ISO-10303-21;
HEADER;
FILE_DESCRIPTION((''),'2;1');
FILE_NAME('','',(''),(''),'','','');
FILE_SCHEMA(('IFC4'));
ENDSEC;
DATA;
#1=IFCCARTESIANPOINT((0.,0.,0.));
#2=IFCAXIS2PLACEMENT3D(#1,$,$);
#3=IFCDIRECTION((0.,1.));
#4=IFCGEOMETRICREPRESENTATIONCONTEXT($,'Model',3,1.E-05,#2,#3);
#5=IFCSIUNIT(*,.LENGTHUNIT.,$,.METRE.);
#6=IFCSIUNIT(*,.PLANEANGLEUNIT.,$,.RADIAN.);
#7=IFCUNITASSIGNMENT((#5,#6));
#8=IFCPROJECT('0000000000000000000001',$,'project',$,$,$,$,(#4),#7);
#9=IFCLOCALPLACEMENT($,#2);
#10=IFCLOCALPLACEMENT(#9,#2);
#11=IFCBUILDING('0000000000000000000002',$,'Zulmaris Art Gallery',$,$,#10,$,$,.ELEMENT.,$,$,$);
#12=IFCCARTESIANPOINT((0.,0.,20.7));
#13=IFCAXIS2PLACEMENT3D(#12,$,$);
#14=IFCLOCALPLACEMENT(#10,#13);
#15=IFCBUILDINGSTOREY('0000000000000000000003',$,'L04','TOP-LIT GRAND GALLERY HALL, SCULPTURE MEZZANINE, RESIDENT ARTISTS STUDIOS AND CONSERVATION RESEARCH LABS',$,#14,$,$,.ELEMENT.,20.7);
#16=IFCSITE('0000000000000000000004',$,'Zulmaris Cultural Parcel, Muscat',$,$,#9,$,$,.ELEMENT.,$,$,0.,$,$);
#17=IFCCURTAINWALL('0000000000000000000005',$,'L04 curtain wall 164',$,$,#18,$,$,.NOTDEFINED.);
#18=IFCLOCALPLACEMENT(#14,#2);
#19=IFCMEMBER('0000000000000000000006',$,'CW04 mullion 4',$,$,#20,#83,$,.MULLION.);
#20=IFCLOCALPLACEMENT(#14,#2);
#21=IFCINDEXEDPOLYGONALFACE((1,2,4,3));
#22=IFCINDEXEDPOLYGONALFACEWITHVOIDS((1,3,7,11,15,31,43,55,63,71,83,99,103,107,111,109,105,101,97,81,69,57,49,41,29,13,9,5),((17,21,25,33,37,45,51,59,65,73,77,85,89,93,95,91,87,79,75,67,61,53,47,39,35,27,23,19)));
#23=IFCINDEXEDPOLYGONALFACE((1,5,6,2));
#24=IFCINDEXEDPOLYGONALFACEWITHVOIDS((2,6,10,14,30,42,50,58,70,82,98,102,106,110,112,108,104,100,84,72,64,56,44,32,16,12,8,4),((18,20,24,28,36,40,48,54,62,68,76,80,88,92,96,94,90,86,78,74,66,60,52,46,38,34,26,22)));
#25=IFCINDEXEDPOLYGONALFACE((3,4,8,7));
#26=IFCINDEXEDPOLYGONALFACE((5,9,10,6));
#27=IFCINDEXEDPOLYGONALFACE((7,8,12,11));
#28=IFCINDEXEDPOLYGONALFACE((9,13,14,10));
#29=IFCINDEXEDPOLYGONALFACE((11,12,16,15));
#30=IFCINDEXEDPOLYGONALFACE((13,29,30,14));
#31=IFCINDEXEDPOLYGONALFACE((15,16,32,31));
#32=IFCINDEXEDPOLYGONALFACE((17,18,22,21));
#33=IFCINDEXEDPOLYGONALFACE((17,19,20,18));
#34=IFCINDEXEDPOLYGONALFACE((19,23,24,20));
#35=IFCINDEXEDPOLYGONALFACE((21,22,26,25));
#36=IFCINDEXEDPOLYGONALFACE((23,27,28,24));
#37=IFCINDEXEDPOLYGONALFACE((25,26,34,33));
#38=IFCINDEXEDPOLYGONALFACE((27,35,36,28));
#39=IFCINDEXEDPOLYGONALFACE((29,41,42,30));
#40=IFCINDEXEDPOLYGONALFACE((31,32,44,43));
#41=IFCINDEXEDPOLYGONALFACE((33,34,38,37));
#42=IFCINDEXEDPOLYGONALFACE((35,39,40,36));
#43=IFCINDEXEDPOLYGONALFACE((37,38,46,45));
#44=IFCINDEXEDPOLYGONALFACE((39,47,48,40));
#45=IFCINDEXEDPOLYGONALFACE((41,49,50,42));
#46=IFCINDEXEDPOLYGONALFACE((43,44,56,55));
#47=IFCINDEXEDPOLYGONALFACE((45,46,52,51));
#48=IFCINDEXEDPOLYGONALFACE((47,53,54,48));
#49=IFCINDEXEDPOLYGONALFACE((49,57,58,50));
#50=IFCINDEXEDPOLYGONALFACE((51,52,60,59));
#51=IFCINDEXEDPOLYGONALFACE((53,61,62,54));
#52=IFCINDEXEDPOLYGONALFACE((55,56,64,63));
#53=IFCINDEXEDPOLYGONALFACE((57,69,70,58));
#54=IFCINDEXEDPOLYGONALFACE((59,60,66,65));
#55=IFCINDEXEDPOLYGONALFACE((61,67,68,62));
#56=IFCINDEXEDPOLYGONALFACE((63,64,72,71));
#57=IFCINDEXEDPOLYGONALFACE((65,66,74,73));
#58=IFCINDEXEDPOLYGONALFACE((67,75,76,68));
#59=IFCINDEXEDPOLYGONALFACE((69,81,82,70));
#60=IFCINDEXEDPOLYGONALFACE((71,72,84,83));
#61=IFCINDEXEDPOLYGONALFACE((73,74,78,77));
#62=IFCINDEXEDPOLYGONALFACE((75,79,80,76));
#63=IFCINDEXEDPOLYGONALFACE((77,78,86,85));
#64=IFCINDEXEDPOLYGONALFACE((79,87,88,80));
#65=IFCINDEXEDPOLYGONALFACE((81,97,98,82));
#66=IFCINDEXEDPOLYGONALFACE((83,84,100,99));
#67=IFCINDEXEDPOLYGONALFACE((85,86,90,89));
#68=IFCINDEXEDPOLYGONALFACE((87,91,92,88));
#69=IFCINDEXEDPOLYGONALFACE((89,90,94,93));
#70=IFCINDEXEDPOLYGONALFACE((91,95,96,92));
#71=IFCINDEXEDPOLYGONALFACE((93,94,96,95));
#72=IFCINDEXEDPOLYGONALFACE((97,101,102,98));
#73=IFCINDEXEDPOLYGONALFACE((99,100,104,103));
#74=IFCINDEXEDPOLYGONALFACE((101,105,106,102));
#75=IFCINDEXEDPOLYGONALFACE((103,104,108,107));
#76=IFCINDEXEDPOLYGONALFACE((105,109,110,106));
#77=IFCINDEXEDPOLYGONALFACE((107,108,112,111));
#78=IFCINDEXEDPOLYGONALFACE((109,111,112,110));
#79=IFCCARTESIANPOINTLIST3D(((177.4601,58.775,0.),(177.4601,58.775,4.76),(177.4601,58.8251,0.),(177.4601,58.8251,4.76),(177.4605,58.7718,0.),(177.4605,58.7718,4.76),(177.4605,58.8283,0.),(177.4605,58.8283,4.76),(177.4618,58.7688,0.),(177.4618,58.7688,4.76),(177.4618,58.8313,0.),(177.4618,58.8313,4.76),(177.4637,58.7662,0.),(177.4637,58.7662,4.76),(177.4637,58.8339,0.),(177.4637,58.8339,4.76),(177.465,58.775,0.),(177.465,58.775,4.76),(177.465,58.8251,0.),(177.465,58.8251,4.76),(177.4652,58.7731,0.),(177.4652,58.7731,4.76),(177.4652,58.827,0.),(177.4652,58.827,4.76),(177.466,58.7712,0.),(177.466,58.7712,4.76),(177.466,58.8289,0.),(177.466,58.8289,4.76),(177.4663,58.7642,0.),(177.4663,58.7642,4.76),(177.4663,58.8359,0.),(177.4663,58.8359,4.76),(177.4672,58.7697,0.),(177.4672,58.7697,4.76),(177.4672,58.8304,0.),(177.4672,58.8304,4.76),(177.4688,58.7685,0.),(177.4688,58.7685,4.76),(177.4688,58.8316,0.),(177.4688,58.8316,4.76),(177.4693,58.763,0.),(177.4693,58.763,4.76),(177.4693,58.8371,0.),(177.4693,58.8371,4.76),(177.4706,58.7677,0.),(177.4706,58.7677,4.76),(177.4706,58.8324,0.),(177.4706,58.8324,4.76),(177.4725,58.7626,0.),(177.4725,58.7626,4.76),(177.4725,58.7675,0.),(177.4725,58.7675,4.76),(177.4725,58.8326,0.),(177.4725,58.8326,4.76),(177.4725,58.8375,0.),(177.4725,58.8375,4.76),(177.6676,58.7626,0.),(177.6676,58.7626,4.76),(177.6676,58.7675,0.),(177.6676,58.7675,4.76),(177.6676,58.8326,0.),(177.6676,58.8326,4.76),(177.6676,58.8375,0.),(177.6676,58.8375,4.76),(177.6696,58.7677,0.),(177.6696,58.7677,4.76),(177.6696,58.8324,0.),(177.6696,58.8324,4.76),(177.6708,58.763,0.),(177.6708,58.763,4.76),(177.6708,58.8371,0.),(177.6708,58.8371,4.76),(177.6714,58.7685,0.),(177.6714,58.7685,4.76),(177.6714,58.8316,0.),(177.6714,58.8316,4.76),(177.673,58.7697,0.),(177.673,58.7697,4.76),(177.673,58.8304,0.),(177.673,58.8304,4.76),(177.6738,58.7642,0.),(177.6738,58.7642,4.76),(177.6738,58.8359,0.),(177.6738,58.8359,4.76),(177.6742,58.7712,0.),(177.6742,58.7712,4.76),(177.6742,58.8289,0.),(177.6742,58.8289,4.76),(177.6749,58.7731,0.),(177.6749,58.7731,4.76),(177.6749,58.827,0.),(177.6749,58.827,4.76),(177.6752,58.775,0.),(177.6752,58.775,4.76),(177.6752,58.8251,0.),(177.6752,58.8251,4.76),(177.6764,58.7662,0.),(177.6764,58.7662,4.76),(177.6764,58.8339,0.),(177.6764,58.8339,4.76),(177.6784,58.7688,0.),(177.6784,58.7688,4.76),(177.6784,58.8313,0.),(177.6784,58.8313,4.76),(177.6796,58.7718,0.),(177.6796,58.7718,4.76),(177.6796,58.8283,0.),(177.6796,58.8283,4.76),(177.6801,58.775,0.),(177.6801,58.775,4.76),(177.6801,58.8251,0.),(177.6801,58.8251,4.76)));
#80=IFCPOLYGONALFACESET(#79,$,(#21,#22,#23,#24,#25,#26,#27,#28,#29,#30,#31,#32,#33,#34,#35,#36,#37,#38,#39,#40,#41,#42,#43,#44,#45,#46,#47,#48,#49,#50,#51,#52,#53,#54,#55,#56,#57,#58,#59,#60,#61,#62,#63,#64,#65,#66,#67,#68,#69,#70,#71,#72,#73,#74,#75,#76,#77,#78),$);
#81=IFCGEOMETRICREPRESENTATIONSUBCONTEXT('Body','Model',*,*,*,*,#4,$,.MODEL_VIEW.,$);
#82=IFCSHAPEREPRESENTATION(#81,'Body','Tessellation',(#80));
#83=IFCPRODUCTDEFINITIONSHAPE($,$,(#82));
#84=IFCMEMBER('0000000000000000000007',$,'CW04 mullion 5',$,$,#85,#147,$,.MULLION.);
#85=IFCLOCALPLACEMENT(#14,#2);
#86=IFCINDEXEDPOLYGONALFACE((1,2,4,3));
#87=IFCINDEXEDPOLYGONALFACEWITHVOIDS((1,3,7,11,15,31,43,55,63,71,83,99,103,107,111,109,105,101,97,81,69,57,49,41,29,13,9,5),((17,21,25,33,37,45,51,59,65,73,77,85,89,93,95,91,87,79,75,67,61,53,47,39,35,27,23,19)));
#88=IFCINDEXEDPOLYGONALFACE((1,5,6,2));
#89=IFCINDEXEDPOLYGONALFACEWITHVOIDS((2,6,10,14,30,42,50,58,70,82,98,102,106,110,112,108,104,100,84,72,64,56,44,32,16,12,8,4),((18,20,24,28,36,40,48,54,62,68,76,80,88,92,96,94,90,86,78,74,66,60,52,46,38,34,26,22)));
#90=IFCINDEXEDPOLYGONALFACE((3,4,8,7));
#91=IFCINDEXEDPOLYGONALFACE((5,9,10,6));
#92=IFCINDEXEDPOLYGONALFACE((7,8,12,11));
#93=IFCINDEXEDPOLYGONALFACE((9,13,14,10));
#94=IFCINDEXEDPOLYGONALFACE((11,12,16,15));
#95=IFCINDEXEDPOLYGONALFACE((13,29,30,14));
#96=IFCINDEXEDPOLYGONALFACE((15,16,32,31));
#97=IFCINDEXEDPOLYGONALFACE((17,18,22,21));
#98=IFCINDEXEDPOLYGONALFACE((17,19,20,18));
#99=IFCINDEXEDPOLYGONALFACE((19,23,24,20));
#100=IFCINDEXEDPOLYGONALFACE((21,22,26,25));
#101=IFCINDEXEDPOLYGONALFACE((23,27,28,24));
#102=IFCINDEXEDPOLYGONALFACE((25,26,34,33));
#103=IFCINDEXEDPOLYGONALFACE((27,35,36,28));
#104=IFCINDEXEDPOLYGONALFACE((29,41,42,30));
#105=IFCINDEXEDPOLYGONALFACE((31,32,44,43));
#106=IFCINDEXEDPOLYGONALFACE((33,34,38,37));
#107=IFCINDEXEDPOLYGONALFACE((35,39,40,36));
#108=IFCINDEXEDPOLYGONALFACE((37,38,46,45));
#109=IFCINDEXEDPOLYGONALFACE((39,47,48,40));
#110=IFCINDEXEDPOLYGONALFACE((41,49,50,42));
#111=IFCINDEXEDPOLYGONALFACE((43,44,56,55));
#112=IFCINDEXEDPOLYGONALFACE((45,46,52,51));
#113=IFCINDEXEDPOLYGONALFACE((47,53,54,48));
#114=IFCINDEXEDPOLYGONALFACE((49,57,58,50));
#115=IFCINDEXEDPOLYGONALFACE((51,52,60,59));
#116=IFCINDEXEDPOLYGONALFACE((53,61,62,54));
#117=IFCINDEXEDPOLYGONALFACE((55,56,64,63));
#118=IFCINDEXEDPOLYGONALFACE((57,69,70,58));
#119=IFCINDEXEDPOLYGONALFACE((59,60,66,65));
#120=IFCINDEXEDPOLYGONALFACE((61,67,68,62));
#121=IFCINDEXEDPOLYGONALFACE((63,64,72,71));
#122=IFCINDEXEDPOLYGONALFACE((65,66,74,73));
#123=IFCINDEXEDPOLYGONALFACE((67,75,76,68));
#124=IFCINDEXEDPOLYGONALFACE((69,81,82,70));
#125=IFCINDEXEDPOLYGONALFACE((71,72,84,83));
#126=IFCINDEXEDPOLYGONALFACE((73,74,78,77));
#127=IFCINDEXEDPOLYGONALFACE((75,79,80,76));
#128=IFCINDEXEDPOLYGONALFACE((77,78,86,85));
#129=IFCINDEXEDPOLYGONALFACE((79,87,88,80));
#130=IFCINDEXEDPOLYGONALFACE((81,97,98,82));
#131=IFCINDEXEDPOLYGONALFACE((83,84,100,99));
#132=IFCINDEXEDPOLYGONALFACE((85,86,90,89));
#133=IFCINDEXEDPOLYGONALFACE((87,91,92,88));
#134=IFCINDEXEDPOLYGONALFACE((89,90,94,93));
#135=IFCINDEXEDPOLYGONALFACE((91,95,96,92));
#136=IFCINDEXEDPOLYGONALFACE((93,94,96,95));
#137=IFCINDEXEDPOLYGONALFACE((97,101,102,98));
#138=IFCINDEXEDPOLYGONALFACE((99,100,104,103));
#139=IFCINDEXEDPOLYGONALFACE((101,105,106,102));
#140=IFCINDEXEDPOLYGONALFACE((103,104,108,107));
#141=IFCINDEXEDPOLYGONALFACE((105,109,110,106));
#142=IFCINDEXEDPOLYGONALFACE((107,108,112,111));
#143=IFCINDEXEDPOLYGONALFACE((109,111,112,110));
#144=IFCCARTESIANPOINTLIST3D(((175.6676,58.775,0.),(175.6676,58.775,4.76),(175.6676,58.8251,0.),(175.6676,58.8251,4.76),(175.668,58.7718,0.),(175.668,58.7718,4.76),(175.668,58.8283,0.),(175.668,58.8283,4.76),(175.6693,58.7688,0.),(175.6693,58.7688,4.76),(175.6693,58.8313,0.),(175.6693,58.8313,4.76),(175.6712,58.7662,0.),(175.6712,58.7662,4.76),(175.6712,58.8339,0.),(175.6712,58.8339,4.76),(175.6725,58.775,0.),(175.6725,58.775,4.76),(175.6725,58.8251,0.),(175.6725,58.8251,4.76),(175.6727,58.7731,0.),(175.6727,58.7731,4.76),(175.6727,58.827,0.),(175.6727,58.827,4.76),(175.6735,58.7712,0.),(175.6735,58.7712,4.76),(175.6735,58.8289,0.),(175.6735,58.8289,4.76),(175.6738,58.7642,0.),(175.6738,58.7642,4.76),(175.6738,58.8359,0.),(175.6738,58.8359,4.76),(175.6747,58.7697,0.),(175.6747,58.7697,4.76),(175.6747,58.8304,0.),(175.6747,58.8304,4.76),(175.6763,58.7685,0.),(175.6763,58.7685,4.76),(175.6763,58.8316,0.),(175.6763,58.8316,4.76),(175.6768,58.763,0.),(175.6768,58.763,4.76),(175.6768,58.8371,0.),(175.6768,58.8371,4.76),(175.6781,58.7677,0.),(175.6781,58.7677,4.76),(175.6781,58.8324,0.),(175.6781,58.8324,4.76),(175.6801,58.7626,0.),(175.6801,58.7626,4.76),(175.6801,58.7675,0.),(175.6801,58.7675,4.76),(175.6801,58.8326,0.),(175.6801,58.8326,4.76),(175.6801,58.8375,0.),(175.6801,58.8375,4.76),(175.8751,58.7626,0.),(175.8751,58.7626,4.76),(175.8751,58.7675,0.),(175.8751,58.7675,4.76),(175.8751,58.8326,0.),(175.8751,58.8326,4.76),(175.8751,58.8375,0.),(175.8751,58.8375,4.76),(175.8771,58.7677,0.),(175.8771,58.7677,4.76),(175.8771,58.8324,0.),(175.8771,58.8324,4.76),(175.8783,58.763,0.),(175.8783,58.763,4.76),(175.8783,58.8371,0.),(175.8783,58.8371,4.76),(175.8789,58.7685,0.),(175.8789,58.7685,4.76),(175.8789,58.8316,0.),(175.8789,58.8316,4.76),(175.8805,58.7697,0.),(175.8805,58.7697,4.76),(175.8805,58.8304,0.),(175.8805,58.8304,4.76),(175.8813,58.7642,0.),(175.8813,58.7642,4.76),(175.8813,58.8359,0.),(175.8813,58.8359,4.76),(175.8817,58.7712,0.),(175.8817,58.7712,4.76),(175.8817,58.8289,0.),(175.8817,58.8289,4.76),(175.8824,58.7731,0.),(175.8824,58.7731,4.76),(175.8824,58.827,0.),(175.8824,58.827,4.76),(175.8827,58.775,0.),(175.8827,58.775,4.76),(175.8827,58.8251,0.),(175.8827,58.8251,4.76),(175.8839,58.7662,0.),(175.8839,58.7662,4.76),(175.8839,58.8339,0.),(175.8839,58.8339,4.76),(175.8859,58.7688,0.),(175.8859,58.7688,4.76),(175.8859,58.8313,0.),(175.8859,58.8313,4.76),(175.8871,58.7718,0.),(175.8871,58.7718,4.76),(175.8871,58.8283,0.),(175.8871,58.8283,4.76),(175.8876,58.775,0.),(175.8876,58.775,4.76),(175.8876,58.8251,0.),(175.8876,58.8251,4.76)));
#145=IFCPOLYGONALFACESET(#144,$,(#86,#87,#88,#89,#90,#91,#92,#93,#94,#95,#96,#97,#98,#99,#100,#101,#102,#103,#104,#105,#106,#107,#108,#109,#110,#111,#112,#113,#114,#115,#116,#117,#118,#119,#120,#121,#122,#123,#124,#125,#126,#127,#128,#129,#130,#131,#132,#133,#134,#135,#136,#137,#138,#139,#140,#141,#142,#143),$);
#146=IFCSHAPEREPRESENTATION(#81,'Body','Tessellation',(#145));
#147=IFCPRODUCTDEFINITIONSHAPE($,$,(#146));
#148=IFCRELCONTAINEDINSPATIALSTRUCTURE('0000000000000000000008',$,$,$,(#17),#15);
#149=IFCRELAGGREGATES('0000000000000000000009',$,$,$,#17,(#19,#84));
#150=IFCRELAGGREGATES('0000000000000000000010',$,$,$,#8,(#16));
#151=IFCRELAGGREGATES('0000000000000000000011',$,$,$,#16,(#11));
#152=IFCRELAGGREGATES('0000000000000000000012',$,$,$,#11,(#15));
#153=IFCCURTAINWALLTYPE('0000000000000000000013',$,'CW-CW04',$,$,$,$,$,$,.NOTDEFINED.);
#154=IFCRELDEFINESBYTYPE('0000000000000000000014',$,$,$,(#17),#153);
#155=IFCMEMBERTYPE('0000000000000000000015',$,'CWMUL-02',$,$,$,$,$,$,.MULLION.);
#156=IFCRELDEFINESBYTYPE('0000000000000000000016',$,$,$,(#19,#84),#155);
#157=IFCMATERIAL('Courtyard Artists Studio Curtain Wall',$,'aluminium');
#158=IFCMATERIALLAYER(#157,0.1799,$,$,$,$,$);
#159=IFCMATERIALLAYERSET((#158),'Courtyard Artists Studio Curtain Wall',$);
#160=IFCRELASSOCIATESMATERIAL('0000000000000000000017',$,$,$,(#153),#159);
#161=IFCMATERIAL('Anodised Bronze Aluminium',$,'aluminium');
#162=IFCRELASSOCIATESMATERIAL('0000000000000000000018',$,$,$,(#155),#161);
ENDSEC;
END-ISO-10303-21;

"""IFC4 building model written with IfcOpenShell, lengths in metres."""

from ifc_helpers import new_model, si_unit, direction, frame, origin, origin_2d, place, context, subcontext, project, spatial, hollow_rectangle, extrude, material, layer, layer_set, material_profile, profile_set, type_object, element, aggregate, save


model = new_model("IFC4")

# Units and contexts
model_context = context("Model", 3, precision=1e-05, world=origin(), true_north=direction((0.0, 1.0)))
body_context = subcontext(model_context, "Body", "Model", "MODEL_VIEW")
ifc_project = project(units=[si_unit("LENGTHUNIT", "METRE"), si_unit("PLANEANGLEUNIT", "RADIAN")], contexts=[model_context])

# Site, building, storey
site_placement = place(None, origin())
site = spatial("IfcSite", under=ifc_project, at=site_placement, Name="Zulmaris Cultural Parcel, Muscat", CompositionType="ELEMENT", RefElevation=0.0)
building_placement = place(site_placement, origin())
building = spatial("IfcBuilding", under=site, at=building_placement, Name="Zulmaris Art Gallery", CompositionType="ELEMENT")
storey_placement = place(building_placement, frame((0.0, 0.0, 20.7)))
storey = spatial("IfcBuildingStorey", under=building, at=storey_placement, Name="L04", Description="TOP-LIT GRAND GALLERY HALL, SCULPTURE MEZZANINE, RESIDENT ARTISTS STUDIOS AND CONSERVATION RESEARCH LABS", CompositionType="ELEMENT", Elevation=20.7)

# Shared definitions
ifc_material_1 = material(Name="Courtyard Artists Studio Curtain Wall", Category="aluminium")
ifc_layer_1 = layer(ifc_material_1, 0.1799)
ifc_layer_set_1 = layer_set([ifc_layer_1], Name="Courtyard Artists Studio Curtain Wall")
curtain_wall_type = type_object("IfcCurtainWallType", Name="CW-CW04", PredefinedType="NOTDEFINED", material=ifc_layer_set_1)
ifc_material_2 = material(Name="Anodised Bronze Aluminium", Category="aluminium")
ifc_material_profile_1 = material_profile(ifc_material_2, hollow_rectangle(XDim=0.075, YDim=0.22, WallThickness=0.0049, InnerFilletRadius=0.0076, OuterFilletRadius=0.0125, at=origin_2d()), Name="ALU 75x220x5")
ifc_profile_set_1 = profile_set([ifc_material_profile_1], Name="Anodised Bronze Aluminium")
member_type_1 = type_object("IfcMemberType", Name="CWMUL-02", PredefinedType="MULLION", material=ifc_profile_set_1)

# Curtain wall, members
curtain_wall_1_placement = place(storey_placement, origin())
curtain_wall_1 = element("IfcCurtainWall", 1, at=curtain_wall_1_placement, inside=storey, type_object=curtain_wall_type, Name="L04 curtain wall 164", PredefinedType="NOTDEFINED")
member_1_placement = place(storey_placement, frame((177.5701, 58.8, 0.0), z_axis=(0.0, 0.0, 1.0), x_axis=(0.0, -1.0, 0.0)))
member_1 = element("IfcMember", 2, at=member_1_placement, type_object=member_type_1, Name="CW04 mullion 4", PredefinedType="MULLION", context=body_context, shape_type="SweptSolid", body=[
    extrude(hollow_rectangle(XDim=0.075, YDim=0.22, WallThickness=0.0049, InnerFilletRadius=0.0076, OuterFilletRadius=0.0125, at=origin_2d()), origin(), (0.0, 0.0, 1.0), 4.76),
])
member_2_placement = place(storey_placement, frame((175.7776, 58.8, 0.0), z_axis=(0.0, 0.0, 1.0), x_axis=(0.0, -1.0, 0.0)))
member_2 = element("IfcMember", 3, at=member_2_placement, type_object=member_type_1, Name="CW04 mullion 5", PredefinedType="MULLION", context=body_context, shape_type="SweptSolid", body=[
    extrude(hollow_rectangle(XDim=0.075, YDim=0.22, WallThickness=0.0049, InnerFilletRadius=0.0076, OuterFilletRadius=0.0125, at=origin_2d()), origin(), (0.0, 0.0, 1.0), 4.76),
])
aggregate(curtain_wall_1, [member_1, member_2])

save(model, "model.ifc")
